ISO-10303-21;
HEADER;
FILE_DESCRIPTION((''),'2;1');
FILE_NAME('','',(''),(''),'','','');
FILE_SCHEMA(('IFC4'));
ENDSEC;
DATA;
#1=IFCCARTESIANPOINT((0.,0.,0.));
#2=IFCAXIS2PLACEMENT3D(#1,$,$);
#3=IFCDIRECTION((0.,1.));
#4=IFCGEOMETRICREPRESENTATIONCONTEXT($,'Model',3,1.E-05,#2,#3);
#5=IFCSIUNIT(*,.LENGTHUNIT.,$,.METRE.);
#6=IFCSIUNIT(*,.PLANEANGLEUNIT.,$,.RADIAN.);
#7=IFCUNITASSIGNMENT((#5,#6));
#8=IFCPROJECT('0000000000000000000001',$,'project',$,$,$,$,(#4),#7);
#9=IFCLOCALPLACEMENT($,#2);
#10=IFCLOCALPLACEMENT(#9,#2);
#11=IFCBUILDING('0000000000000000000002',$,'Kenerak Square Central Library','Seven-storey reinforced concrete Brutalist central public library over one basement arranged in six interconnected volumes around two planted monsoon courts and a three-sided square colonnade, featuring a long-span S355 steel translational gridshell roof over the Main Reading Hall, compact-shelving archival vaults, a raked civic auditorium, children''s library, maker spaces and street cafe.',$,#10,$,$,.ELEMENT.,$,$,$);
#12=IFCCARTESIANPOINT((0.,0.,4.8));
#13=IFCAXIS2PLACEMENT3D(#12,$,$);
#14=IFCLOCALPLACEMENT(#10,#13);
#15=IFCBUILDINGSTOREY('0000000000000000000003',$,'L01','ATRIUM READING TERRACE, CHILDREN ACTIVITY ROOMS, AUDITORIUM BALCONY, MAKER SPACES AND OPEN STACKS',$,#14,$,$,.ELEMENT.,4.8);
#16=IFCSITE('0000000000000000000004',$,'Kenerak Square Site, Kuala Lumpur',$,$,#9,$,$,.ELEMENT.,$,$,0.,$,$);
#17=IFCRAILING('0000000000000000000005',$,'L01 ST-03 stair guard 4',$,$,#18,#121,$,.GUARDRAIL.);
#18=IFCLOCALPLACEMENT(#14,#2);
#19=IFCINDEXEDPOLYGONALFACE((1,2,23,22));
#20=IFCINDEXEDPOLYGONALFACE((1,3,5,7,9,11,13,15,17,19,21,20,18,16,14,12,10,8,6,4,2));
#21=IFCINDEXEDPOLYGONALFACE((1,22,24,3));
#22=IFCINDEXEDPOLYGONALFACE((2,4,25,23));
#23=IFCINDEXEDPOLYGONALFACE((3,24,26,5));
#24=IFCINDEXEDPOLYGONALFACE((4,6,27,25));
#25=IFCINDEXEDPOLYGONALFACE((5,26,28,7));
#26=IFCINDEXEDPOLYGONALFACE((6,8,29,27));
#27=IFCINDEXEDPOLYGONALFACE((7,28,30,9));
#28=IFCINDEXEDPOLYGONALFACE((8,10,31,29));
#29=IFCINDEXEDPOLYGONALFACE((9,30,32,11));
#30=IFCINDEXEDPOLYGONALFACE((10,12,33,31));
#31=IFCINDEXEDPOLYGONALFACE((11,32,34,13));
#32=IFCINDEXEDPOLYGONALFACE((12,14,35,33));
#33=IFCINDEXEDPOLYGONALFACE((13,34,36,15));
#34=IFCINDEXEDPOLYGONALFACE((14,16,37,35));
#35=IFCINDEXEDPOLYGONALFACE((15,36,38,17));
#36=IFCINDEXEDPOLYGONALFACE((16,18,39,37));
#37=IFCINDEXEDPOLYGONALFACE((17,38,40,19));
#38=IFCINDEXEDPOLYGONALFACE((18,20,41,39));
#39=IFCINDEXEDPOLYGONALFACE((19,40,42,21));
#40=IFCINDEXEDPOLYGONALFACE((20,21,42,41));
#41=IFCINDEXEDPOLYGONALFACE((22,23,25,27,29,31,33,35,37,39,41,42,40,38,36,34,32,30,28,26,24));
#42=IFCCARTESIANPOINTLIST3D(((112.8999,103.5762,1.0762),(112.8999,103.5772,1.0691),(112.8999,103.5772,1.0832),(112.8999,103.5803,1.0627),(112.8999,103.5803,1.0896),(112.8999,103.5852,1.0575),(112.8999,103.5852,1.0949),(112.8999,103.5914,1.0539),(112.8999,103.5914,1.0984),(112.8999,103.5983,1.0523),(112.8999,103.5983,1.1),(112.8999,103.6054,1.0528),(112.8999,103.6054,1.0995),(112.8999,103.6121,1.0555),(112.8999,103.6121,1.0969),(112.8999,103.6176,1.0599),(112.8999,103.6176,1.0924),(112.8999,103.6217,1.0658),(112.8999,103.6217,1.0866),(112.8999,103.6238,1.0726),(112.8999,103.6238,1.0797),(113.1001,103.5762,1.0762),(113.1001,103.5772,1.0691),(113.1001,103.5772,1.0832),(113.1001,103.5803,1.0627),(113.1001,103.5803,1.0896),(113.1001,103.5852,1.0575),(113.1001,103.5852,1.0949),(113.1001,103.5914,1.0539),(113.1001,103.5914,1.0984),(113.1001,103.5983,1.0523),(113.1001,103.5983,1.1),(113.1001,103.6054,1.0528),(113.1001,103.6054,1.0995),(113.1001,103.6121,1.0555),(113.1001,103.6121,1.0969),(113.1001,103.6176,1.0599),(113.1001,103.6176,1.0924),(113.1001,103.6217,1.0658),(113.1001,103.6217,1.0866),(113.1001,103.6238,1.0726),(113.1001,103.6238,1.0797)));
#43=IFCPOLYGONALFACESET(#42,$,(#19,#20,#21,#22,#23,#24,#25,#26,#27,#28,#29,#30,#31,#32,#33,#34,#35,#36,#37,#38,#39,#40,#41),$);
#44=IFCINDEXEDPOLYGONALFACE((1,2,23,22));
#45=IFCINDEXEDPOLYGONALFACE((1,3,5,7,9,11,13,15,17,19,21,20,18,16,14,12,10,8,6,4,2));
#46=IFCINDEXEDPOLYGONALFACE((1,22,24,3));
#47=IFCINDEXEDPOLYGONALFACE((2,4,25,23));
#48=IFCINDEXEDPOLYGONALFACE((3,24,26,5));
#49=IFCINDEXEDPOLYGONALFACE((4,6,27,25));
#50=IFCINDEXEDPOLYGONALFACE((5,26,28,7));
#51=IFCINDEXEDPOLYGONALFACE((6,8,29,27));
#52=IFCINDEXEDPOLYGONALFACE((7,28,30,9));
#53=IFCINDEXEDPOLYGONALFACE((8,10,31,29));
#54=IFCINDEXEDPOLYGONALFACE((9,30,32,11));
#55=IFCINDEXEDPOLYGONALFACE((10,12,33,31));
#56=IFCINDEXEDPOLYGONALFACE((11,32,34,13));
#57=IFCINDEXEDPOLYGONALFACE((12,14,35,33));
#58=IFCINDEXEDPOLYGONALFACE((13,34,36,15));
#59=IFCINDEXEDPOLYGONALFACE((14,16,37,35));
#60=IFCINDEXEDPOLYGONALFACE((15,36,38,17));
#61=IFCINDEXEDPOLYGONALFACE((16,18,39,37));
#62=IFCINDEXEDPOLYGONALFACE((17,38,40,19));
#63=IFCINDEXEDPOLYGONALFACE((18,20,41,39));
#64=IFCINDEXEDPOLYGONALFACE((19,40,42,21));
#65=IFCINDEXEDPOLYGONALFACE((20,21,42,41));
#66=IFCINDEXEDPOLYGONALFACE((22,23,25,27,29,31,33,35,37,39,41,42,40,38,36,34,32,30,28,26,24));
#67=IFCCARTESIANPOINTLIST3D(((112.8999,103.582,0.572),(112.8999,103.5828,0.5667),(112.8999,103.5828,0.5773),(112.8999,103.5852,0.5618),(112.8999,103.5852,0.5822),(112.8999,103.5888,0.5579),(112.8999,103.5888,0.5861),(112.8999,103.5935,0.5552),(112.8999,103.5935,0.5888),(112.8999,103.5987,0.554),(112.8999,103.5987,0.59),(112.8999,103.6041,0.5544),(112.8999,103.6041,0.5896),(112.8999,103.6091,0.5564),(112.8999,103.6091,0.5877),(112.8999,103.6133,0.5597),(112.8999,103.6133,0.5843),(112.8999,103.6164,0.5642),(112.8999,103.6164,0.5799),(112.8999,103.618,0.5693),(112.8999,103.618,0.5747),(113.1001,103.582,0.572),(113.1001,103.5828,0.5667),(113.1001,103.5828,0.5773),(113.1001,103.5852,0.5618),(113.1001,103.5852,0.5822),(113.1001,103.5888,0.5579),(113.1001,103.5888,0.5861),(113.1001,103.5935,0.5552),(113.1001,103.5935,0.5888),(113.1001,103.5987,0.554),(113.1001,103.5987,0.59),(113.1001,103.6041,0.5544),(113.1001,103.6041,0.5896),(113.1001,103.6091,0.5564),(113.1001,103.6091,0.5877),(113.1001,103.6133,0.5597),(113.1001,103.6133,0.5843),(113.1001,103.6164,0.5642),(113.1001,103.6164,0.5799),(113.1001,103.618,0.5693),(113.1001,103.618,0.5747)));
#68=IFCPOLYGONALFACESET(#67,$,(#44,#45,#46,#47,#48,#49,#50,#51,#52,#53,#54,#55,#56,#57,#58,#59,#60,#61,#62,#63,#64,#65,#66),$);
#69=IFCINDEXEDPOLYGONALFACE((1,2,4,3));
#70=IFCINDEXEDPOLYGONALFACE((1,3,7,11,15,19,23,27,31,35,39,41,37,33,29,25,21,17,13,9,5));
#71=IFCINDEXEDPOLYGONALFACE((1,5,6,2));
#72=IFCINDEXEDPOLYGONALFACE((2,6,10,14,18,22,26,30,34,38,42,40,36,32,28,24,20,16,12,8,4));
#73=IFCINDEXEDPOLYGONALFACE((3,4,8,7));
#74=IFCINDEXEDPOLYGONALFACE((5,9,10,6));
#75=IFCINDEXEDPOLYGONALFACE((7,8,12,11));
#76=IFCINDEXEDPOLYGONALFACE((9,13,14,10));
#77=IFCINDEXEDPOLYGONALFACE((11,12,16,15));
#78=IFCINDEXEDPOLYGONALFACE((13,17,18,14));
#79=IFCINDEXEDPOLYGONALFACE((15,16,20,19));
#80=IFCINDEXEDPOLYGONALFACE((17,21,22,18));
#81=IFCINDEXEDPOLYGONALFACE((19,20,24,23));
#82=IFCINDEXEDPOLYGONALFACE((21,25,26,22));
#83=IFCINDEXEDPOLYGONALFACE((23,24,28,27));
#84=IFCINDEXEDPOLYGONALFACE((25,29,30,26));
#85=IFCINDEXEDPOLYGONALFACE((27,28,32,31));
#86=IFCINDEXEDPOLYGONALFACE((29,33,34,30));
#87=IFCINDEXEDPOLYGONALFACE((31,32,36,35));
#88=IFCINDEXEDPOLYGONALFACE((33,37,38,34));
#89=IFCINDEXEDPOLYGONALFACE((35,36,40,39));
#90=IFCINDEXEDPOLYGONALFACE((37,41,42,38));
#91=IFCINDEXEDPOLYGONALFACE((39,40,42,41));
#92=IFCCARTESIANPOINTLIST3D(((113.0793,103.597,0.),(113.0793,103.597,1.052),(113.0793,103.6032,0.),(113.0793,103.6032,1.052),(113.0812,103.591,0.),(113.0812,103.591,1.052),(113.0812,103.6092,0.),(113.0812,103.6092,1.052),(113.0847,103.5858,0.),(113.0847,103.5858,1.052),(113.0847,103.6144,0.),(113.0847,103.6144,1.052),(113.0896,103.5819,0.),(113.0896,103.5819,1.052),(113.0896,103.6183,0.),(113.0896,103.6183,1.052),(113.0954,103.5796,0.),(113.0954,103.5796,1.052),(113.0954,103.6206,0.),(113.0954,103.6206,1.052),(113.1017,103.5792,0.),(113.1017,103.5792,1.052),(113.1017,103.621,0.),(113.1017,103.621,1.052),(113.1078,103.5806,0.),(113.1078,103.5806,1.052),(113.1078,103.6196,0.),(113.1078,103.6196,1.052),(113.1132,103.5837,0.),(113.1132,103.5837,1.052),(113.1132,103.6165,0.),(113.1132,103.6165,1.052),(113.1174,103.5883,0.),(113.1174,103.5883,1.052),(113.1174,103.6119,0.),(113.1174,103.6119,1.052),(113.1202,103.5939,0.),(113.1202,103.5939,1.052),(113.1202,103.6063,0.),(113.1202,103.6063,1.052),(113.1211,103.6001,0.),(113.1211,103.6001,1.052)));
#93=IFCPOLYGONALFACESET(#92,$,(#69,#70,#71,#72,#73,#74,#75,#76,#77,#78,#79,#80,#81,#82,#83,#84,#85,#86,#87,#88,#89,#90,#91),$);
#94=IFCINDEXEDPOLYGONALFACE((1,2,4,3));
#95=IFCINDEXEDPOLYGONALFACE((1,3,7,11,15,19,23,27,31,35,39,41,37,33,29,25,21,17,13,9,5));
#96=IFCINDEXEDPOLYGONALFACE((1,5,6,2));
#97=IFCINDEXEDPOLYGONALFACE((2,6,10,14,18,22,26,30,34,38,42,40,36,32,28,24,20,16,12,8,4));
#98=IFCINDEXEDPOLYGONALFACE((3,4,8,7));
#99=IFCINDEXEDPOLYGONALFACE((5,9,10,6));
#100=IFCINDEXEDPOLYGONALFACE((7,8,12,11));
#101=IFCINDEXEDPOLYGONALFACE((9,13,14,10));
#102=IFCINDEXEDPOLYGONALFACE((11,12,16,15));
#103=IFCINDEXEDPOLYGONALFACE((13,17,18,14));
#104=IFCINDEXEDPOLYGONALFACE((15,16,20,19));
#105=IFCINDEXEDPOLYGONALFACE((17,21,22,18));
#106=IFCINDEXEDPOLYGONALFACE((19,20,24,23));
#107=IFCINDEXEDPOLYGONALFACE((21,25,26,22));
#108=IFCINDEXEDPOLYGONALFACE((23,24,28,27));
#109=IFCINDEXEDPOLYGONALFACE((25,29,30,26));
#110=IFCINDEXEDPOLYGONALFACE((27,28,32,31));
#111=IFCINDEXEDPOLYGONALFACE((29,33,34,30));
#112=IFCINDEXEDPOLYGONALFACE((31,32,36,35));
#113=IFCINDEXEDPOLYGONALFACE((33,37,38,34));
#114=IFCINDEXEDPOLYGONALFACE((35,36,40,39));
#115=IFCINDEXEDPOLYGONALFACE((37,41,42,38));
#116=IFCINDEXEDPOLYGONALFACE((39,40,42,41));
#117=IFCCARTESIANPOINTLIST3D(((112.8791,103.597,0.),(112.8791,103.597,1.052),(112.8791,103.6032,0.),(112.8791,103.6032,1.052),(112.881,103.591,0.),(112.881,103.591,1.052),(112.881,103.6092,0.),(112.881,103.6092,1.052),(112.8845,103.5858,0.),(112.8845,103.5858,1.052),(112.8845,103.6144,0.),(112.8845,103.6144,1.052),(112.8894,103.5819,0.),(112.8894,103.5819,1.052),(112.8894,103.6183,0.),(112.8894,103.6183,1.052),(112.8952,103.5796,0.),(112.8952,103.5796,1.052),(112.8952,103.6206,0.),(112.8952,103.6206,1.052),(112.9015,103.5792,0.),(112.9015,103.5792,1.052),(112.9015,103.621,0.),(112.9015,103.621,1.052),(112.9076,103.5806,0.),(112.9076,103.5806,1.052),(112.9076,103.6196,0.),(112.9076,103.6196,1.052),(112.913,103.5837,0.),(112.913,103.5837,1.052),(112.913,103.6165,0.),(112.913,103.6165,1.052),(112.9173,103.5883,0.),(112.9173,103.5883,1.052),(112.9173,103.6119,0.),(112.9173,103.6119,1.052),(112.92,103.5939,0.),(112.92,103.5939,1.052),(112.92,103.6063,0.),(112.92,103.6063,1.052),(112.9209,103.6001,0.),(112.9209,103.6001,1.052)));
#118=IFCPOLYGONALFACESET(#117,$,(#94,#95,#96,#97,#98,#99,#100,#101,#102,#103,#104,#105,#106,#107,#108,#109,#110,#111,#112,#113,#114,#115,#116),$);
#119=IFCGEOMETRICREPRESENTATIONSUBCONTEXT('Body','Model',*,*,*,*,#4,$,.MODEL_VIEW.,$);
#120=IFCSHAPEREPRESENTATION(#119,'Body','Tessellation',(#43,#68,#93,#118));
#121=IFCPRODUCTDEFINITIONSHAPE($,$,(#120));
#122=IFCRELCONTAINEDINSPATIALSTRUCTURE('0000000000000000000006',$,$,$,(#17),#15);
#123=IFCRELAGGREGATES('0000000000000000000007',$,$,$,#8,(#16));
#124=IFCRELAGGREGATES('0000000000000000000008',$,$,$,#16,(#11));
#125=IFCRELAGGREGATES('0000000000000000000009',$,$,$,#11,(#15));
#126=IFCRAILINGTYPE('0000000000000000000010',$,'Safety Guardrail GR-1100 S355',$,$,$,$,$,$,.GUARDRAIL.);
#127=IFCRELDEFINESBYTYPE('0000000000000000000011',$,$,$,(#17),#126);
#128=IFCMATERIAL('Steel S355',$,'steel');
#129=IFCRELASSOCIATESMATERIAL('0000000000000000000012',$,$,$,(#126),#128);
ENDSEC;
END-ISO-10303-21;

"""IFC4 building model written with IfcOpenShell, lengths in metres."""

from ifc_helpers import new_model, si_unit, direction, frame, origin, origin_2d, place, context, subcontext, project, spatial, circle, extrude, material, type_object, element, save


model = new_model("IFC4")

# Units and contexts
model_context = context("Model", 3, precision=1e-05, world=origin(), true_north=direction((0.0, 1.0)))
body_context = subcontext(model_context, "Body", "Model", "MODEL_VIEW")
ifc_project = project(units=[si_unit("LENGTHUNIT", "METRE"), si_unit("PLANEANGLEUNIT", "RADIAN")], contexts=[model_context])

# Site, building, storey
site_placement = place(None, origin())
site = spatial("IfcSite", under=ifc_project, at=site_placement, Name="Kenerak Square Site, Kuala Lumpur", CompositionType="ELEMENT", RefElevation=0.0)
building_placement = place(site_placement, origin())
building = spatial("IfcBuilding", under=site, at=building_placement, Name="Kenerak Square Central Library", Description="Seven-storey reinforced concrete Brutalist central public library over one basement arranged in six interconnected volumes around two planted monsoon courts and a three-sided square colonnade, featuring a long-span S355 steel translational gridshell roof over the Main Reading Hall, compact-shelving archival vaults, a raked civic auditorium, children's library, maker spaces and street cafe.", CompositionType="ELEMENT")
storey_placement = place(building_placement, frame((0.0, 0.0, 4.8)))
storey = spatial("IfcBuildingStorey", under=building, at=storey_placement, Name="L01", Description="ATRIUM READING TERRACE, CHILDREN ACTIVITY ROOMS, AUDITORIUM BALCONY, MAKER SPACES AND OPEN STACKS", CompositionType="ELEMENT", Elevation=4.8)

# Shared definitions
ifc_material_1 = material(Name="Steel S355", Category="steel")

# Railing
railing_type = type_object("IfcRailingType", Name="Safety Guardrail GR-1100 S355", PredefinedType="GUARDRAIL", material=ifc_material_1)
railing_1_placement = place(storey_placement, frame((113.1001, 103.6001, 0.0)))
element("IfcRailing", 1, at=railing_1_placement, inside=storey, type_object=railing_type, Name="L01 ST-03 stair guard 4", PredefinedType="GUARDRAIL", context=body_context, shape_type="SweptSolid", body=[
    extrude(circle(Radius=0.0239, at=origin_2d()), frame((0.0, 0.0, 1.0762), z_axis=(-1.0, 0.0, 0.0), x_axis=(0.0, -1.0, 0.0)), (0.0, 0.0, 1.0), 0.2002),
    extrude(circle(Radius=0.0181, at=origin_2d()), frame((0.0, 0.0, 0.572), z_axis=(-1.0, 0.0, 0.0), x_axis=(0.0, -1.0, 0.0)), (0.0, 0.0, 1.0), 0.2002),
    extrude(circle(Radius=0.021, at=origin_2d()), origin(), (0.0, 0.0, 1.0), 1.052),
    extrude(circle(Radius=0.021, at=origin_2d()), frame((-0.2002, 0.0, 0.0)), (0.0, 0.0, 1.0), 1.052),
])

save(model, "model.ifc")
